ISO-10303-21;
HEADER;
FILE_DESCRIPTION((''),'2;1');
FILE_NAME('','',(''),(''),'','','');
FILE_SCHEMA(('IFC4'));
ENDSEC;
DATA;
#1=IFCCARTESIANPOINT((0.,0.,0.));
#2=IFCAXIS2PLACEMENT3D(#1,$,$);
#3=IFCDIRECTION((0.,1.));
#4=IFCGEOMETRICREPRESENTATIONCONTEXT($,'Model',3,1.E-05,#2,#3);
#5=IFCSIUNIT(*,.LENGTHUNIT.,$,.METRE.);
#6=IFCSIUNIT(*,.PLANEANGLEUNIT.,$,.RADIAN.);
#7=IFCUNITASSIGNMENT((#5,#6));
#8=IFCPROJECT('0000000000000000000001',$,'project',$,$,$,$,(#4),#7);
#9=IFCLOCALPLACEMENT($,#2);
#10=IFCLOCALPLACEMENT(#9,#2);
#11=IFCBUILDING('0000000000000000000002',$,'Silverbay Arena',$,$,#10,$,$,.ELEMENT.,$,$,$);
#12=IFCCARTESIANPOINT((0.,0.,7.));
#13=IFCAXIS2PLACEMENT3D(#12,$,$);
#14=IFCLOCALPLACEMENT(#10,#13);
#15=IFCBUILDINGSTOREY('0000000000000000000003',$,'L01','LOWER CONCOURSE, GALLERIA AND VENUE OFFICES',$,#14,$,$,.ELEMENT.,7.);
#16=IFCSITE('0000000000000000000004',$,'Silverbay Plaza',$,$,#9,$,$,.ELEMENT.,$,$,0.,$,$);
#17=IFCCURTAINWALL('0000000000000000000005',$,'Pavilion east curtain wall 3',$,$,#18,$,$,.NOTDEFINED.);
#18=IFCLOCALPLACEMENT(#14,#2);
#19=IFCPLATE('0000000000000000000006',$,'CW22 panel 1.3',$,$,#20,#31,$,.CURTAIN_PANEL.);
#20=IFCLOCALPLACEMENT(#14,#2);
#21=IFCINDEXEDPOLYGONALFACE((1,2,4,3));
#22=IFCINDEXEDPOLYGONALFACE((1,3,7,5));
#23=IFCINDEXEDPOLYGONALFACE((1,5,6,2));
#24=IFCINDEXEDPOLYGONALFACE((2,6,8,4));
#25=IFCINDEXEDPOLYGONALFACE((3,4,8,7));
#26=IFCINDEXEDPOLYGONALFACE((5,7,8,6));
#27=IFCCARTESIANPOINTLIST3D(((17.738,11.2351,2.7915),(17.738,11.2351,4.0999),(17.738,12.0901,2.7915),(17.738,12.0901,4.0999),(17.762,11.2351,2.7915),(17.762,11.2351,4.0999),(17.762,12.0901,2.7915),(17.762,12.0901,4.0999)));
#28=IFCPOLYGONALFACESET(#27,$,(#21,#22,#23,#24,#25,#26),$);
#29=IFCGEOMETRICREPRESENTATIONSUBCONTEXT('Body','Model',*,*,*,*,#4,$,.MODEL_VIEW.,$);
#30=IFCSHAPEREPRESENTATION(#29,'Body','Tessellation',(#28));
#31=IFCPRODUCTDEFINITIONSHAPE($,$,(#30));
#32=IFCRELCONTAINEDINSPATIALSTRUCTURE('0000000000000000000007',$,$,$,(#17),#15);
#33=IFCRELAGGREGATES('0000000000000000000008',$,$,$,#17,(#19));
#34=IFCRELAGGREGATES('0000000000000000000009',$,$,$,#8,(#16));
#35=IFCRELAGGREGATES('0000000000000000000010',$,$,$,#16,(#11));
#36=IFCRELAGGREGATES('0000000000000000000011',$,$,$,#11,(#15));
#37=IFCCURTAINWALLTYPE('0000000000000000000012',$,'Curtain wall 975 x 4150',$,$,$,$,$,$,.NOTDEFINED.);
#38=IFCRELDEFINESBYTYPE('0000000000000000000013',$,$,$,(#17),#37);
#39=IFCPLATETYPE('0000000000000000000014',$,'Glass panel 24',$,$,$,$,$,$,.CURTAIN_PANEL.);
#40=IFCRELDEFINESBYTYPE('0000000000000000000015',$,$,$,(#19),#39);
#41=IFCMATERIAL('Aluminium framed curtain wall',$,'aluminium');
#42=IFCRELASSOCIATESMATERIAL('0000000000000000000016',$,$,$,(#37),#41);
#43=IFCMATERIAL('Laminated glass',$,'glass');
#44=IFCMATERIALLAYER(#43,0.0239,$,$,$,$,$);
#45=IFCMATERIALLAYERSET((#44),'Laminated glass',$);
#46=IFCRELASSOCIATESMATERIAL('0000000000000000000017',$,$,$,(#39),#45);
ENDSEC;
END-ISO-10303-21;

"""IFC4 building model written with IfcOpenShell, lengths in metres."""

from ifc_helpers import new_model, si_unit, direction, frame, origin, origin_2d, place, context, subcontext, project, spatial, rectangle, extrude, material, layer, layer_set, type_object, element, aggregate, save


model = new_model("IFC4")

# Units and contexts
model_context = context("Model", 3, precision=1e-05, world=origin(), true_north=direction((0.0, 1.0)))
body_context = subcontext(model_context, "Body", "Model", "MODEL_VIEW")
ifc_project = project(units=[si_unit("LENGTHUNIT", "METRE"), si_unit("PLANEANGLEUNIT", "RADIAN")], contexts=[model_context])

# Site, building, storey
site_placement = place(None, origin())
site = spatial("IfcSite", under=ifc_project, at=site_placement, Name="Silverbay Plaza", CompositionType="ELEMENT", RefElevation=0.0)
building_placement = place(site_placement, origin())
building = spatial("IfcBuilding", under=site, at=building_placement, Name="Silverbay Arena", CompositionType="ELEMENT")
storey_placement = place(building_placement, frame((0.0, 0.0, 7.0)))
storey = spatial("IfcBuildingStorey", under=building, at=storey_placement, Name="L01", Description="LOWER CONCOURSE, GALLERIA AND VENUE OFFICES", CompositionType="ELEMENT", Elevation=7.0)

# Curtain wall
ifc_material_1 = material(Name="Aluminium framed curtain wall", Category="aluminium")
curtain_wall_type_1 = type_object("IfcCurtainWallType", Name="Curtain wall 975 x 4150", PredefinedType="NOTDEFINED", material=ifc_material_1)
curtain_wall_1_placement = place(storey_placement, origin())
curtain_wall_1 = element("IfcCurtainWall", 1, at=curtain_wall_1_placement, inside=storey, type_object=curtain_wall_type_1, Name="Pavilion east curtain wall 3", PredefinedType="NOTDEFINED")

# Plate
ifc_material_2 = material(Name="Laminated glass", Category="glass")
ifc_layer = layer(ifc_material_2, 0.0239)
ifc_layer_set = layer_set([ifc_layer], Name="Laminated glass")
plate_type = type_object("IfcPlateType", Name="Glass panel 24", PredefinedType="CURTAIN_PANEL", material=ifc_layer_set)
plate_1_placement = place(storey_placement, frame((17.75, 11.6626, 2.7915), z_axis=(0.0, 0.0, 1.0), x_axis=(0.0, 1.0, 0.0)))
plate_1 = element("IfcPlate", 2, at=plate_1_placement, type_object=plate_type, Name="CW22 panel 1.3", PredefinedType="CURTAIN_PANEL", context=body_context, shape_type="SweptSolid", body=[
    extrude(rectangle(XDim=0.855, YDim=0.0239, at=origin_2d()), origin(), (0.0, 0.0, 1.0), 1.3083),
])
aggregate(curtain_wall_1, [plate_1])

save(model, "model.ifc")
